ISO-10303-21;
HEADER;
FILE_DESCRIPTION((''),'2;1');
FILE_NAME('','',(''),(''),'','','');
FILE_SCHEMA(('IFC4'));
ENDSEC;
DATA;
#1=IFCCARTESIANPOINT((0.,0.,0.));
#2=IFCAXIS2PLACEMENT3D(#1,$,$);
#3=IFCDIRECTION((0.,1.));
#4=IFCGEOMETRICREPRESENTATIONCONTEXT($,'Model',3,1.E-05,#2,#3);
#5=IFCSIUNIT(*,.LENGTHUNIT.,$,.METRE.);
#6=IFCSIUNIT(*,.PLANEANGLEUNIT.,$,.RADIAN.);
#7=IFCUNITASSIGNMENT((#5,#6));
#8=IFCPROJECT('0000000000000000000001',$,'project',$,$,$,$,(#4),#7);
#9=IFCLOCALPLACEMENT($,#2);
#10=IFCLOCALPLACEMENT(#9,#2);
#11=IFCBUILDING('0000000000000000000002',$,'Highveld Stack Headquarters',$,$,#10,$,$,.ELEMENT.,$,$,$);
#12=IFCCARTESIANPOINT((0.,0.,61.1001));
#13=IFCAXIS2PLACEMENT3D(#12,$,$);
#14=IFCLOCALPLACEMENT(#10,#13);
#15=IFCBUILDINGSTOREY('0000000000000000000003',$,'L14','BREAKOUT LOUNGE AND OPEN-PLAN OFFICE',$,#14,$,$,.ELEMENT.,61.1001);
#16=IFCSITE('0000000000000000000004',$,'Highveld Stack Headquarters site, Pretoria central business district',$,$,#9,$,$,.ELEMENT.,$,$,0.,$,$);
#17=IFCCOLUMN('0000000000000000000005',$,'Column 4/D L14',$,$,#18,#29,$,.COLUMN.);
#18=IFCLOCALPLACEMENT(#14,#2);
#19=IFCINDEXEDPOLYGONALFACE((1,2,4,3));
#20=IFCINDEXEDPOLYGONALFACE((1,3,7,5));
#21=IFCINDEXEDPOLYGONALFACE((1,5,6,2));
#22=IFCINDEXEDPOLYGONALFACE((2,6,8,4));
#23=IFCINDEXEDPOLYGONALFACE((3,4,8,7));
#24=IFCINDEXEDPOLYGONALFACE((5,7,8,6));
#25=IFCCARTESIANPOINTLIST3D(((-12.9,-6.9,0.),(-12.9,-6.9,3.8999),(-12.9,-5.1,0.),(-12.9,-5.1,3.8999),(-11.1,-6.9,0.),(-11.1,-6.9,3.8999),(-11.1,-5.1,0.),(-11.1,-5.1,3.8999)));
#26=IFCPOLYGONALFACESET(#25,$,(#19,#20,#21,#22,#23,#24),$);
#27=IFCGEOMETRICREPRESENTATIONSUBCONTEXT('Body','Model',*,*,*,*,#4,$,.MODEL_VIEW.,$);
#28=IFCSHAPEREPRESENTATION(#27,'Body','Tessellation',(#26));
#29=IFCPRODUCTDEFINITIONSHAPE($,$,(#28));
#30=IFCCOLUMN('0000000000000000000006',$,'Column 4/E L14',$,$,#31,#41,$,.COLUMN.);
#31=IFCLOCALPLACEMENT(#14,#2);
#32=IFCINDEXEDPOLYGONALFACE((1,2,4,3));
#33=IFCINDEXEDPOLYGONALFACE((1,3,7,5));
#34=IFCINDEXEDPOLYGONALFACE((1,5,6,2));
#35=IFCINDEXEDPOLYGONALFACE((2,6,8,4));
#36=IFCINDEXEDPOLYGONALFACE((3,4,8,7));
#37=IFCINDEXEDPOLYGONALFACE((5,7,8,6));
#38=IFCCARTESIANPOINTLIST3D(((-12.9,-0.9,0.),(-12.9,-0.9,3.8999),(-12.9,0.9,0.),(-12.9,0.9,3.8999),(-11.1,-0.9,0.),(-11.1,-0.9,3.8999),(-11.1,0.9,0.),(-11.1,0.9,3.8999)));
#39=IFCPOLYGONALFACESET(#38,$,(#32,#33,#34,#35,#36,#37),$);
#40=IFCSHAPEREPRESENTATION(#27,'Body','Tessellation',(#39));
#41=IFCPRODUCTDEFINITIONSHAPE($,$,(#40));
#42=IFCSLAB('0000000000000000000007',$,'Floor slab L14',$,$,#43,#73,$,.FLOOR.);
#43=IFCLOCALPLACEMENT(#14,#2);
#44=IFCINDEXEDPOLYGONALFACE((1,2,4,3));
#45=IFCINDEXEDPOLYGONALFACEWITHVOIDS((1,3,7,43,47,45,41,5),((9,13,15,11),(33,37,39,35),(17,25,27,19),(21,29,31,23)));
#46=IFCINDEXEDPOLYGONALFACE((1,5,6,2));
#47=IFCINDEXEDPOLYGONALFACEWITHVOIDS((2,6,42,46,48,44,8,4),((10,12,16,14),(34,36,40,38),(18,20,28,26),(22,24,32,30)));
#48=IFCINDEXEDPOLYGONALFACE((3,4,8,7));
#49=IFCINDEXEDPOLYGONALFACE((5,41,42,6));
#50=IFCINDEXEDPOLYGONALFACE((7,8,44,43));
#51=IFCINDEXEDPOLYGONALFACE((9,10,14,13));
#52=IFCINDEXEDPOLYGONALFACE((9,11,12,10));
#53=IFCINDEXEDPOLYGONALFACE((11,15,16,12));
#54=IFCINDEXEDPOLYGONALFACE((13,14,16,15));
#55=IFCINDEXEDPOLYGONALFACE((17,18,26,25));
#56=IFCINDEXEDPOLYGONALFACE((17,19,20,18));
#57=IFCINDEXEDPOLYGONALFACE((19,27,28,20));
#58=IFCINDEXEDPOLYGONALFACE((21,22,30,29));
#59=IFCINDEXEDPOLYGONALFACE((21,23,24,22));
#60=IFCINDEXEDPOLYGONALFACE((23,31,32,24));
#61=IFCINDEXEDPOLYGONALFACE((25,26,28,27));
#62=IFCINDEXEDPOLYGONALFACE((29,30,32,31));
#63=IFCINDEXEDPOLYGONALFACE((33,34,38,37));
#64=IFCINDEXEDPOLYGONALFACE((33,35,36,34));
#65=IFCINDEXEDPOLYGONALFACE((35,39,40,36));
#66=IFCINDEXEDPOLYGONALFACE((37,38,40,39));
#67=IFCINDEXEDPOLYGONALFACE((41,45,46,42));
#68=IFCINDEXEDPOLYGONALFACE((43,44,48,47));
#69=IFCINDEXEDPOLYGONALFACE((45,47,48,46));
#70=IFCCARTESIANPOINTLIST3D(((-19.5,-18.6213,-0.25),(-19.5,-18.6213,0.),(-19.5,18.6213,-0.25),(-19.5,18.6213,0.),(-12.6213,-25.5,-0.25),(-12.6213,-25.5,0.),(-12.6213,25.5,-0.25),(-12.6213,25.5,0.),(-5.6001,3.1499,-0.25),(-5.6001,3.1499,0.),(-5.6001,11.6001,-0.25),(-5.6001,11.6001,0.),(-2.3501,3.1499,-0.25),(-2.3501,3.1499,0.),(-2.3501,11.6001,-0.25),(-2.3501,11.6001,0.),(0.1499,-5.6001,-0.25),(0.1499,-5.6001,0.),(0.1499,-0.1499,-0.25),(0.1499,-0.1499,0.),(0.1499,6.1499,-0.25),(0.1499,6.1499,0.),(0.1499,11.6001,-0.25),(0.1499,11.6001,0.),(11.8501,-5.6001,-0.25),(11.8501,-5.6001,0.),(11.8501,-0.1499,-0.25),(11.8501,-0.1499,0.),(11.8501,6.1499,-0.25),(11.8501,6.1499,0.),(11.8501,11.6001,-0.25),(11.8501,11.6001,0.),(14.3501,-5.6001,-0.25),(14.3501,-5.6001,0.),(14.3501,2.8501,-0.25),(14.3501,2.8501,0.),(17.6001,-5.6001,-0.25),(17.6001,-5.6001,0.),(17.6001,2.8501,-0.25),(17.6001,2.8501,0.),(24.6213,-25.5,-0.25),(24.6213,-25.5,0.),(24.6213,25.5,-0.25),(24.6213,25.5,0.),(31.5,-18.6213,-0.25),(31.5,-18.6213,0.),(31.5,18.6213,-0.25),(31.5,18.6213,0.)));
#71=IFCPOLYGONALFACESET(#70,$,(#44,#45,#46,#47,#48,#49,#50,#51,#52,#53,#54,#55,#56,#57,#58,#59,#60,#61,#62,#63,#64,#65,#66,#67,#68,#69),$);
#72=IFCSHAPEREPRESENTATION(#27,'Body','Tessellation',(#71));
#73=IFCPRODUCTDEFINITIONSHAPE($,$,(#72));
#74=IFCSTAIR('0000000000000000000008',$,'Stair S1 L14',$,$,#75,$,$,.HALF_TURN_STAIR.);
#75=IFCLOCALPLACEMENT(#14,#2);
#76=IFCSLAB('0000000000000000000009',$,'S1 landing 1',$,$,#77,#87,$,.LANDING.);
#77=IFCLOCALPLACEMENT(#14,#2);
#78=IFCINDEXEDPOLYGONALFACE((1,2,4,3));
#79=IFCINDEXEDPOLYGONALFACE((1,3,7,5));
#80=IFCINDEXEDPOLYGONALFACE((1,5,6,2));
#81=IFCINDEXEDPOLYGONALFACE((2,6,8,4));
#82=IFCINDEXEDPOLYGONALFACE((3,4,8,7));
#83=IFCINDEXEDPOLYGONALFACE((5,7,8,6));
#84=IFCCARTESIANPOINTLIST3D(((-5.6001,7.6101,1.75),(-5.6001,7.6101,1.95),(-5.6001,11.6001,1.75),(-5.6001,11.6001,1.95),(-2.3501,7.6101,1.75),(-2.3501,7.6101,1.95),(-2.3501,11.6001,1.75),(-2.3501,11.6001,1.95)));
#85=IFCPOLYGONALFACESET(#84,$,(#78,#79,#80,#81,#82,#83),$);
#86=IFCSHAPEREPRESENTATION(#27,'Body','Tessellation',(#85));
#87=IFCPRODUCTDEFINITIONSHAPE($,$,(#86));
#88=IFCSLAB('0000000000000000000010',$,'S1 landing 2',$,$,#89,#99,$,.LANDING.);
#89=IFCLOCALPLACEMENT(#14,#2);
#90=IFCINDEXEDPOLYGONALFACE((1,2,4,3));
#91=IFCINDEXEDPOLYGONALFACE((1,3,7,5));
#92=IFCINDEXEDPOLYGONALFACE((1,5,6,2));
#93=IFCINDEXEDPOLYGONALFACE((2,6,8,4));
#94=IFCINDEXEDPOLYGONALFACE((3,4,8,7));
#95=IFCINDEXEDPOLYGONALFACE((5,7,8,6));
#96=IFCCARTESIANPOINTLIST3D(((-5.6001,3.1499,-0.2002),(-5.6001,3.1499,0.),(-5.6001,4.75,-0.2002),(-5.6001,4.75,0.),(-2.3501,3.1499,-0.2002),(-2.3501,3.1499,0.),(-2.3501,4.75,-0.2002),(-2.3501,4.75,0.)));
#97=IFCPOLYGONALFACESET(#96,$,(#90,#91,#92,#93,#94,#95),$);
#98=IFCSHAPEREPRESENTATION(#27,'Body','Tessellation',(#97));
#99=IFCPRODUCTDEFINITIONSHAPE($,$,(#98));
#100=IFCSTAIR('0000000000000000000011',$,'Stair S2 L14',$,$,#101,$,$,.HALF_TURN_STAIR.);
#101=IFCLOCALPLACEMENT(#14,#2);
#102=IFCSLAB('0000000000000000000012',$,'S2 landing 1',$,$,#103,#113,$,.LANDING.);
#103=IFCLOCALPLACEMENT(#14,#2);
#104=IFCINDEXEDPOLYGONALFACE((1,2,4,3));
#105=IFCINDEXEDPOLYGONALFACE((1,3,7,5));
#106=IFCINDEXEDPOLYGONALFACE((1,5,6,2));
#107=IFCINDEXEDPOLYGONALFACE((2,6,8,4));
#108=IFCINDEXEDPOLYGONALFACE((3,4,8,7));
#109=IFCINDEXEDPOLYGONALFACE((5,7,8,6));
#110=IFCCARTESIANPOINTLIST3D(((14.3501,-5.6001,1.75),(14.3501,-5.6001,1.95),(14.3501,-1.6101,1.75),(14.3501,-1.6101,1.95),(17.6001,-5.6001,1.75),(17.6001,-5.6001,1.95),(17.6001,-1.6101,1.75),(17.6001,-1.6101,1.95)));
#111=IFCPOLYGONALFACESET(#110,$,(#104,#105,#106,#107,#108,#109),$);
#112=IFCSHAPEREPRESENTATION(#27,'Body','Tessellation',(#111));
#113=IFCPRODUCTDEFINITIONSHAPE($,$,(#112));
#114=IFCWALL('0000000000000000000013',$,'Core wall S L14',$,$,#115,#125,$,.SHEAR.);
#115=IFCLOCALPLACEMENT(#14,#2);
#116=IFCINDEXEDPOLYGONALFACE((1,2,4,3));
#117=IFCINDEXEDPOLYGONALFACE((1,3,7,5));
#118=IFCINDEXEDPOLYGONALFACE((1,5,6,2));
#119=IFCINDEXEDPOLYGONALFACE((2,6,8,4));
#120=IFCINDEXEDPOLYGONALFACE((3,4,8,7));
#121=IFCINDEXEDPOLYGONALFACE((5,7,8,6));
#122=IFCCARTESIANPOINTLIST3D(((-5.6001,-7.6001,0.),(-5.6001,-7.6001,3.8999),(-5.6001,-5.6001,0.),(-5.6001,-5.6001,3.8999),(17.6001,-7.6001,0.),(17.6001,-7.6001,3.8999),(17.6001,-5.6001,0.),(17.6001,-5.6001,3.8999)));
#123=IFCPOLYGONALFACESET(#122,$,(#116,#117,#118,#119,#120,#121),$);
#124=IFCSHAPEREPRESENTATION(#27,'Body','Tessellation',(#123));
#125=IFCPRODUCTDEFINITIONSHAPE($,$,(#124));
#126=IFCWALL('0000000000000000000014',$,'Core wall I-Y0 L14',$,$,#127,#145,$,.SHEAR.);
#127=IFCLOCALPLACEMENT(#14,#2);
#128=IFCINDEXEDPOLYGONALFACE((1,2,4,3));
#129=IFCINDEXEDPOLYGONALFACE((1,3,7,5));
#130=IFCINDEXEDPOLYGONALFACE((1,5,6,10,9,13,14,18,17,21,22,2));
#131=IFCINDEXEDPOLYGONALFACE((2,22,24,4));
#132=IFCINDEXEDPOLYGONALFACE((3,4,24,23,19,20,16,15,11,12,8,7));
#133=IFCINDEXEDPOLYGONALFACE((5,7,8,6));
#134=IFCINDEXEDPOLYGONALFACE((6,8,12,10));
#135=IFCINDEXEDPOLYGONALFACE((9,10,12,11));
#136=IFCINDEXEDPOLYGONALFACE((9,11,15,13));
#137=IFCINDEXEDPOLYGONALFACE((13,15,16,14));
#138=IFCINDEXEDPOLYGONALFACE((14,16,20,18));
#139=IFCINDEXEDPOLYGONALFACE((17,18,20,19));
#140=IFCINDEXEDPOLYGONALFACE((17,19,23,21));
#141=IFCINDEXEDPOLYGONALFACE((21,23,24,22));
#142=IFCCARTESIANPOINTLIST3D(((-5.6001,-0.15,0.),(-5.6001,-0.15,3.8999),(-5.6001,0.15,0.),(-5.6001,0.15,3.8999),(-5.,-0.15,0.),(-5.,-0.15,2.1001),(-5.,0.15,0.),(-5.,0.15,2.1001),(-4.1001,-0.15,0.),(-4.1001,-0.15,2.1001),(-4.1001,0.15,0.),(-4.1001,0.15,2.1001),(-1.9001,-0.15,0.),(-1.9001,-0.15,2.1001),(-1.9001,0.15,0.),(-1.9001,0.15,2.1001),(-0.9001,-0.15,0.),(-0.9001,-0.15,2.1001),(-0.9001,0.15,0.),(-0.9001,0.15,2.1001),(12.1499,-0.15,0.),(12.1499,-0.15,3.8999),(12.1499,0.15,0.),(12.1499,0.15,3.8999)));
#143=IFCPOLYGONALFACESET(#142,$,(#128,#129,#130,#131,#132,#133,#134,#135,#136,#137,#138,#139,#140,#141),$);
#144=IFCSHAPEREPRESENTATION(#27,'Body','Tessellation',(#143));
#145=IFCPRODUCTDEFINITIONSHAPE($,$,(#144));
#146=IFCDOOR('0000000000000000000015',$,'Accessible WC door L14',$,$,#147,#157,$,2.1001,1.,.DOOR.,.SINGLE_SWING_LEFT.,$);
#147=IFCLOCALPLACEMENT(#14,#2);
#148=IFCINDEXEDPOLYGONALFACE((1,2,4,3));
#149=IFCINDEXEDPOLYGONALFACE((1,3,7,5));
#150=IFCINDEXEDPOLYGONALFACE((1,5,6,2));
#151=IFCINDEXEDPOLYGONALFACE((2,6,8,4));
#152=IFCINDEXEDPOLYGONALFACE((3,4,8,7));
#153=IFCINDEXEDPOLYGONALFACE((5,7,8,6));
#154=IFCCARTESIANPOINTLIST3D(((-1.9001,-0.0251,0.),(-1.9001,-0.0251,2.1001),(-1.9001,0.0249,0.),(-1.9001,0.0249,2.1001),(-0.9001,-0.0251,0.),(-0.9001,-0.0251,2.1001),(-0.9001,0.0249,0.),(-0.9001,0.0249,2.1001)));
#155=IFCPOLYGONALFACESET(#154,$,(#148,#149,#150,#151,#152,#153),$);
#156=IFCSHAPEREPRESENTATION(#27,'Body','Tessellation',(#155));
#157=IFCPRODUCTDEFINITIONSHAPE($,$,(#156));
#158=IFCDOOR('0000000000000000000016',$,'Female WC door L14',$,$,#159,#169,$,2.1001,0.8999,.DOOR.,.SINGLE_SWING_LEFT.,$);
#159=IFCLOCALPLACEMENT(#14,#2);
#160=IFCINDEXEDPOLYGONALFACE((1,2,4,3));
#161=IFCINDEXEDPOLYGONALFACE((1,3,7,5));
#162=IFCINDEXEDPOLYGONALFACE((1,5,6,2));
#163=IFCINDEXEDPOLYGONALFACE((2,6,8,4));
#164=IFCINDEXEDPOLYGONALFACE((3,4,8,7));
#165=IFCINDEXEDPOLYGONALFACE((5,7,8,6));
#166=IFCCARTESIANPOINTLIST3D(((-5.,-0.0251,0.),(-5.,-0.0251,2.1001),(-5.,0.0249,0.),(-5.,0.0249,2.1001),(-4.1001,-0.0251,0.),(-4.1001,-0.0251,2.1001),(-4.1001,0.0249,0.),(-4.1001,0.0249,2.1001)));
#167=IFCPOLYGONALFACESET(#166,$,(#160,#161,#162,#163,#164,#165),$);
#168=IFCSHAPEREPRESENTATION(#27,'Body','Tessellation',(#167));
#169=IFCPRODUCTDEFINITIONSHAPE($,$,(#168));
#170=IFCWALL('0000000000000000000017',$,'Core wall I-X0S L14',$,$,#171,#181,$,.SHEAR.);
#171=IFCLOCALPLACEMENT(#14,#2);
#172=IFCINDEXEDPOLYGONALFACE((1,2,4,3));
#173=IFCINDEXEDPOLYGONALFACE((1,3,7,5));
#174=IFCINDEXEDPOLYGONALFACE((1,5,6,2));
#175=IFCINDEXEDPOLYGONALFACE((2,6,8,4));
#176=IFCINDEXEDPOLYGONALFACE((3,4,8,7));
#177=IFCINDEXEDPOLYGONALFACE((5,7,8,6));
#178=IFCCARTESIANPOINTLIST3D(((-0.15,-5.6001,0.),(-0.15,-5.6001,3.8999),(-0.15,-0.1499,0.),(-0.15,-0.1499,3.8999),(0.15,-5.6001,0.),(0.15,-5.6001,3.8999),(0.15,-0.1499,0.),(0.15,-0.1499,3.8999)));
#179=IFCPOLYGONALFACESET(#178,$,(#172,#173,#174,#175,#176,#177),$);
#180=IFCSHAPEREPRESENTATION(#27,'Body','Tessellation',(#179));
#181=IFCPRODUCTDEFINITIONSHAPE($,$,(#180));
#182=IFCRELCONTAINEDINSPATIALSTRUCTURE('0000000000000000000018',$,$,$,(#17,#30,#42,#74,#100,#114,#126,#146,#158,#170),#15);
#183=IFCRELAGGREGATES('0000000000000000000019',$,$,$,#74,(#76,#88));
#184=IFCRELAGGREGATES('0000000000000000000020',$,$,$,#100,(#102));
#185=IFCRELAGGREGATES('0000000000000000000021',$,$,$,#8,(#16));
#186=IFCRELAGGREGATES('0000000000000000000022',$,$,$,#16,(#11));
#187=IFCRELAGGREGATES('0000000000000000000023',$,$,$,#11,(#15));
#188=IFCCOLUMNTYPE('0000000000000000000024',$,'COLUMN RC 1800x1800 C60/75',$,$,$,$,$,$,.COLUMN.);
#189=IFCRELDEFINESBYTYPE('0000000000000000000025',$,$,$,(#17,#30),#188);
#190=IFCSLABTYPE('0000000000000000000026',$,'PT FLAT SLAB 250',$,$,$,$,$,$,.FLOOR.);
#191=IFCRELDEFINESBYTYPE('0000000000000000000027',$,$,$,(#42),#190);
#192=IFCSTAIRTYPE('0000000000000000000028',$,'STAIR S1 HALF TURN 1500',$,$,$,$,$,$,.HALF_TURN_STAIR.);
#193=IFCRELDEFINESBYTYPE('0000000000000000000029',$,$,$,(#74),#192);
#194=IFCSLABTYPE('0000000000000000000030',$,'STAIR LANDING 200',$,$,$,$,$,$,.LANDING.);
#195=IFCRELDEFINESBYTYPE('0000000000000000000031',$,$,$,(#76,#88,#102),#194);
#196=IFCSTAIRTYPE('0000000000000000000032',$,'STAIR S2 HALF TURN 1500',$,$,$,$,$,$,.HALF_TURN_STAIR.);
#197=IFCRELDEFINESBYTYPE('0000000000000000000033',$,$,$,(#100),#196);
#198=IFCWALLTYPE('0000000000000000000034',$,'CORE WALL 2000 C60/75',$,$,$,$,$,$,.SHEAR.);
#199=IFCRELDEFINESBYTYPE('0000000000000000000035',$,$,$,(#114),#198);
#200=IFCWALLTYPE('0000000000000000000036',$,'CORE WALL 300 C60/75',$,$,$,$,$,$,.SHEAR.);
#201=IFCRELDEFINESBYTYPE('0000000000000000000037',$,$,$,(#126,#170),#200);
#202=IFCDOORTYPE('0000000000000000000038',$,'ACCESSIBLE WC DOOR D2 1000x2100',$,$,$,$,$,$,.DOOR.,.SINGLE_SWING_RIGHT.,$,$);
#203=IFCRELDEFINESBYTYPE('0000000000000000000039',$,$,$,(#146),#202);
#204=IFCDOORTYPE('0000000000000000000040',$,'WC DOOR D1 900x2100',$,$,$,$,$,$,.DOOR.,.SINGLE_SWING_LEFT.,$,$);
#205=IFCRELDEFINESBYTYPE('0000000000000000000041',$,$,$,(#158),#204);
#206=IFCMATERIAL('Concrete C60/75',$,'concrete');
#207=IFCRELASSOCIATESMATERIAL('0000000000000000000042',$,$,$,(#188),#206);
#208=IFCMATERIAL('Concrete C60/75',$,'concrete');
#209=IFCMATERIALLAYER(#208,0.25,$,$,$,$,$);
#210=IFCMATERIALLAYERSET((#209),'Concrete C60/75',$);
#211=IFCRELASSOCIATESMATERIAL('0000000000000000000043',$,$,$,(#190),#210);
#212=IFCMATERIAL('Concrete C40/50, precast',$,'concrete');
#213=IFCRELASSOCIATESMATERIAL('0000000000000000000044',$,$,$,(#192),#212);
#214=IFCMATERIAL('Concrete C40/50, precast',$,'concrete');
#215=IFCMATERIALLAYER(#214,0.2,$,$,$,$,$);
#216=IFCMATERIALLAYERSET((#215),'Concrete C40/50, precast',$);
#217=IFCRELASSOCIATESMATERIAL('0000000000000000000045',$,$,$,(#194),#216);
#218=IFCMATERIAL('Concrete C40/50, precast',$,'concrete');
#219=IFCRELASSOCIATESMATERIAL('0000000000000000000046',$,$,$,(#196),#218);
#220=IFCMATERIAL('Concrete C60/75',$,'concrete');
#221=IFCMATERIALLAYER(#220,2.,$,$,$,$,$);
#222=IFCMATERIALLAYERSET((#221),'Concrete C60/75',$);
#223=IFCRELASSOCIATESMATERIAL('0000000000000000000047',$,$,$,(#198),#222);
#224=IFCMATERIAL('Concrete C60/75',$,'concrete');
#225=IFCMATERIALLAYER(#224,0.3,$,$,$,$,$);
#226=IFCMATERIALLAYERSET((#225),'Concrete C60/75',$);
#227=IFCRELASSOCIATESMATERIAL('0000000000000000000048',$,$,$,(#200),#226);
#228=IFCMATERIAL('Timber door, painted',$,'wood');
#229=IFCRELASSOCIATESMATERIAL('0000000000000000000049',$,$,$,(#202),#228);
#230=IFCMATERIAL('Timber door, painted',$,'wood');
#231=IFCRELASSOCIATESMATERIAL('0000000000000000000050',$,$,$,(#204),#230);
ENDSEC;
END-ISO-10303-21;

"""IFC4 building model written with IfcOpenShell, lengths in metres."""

from ifc_helpers import new_model, si_unit, direction, frame, frame_2d, origin, origin_2d, place, context, subcontext, project, spatial, polyline, rectangle, outline, extrude, material, layer, layer_set, material_profile, profile_set, type_object, element, fill, aggregate, save


model = new_model("IFC4")

# Units and contexts
model_context = context("Model", 3, precision=1e-05, world=origin(), true_north=direction((0.0, 1.0)))
body_context = subcontext(model_context, "Body", "Model", "MODEL_VIEW")
ifc_project = project(units=[si_unit("LENGTHUNIT", "METRE"), si_unit("PLANEANGLEUNIT", "RADIAN")], contexts=[model_context])

# Site, building, storey
site_placement = place(None, origin())
site = spatial("IfcSite", under=ifc_project, at=site_placement, Name="Highveld Stack Headquarters site, Pretoria central business district", CompositionType="ELEMENT", RefElevation=0.0)
building_placement = place(site_placement, origin())
building = spatial("IfcBuilding", under=site, at=building_placement, Name="Highveld Stack Headquarters", CompositionType="ELEMENT")
storey_placement = place(building_placement, frame((0.0, 0.0, 61.1001)))
storey = spatial("IfcBuildingStorey", under=building, at=storey_placement, Name="L14", Description="BREAKOUT LOUNGE AND OPEN-PLAN OFFICE", CompositionType="ELEMENT", Elevation=61.1001)

# Columns
ifc_material_1 = material(Name="Concrete C60/75", Category="concrete")
ifc_material_profile = material_profile(ifc_material_1, rectangle(XDim=1.8, YDim=1.8, at=origin_2d()), Name="RC 1800x1800")
ifc_profile_set = profile_set([ifc_material_profile], Name="Concrete C60/75")
column_type = type_object("IfcColumnType", Name="COLUMN RC 1800x1800 C60/75", PredefinedType="COLUMN", material=ifc_profile_set)
for number, where, z_axis, x_axis, name in (
    (1, (-12.0, -6.0, 0.0), (0.0, 0.0, 1.0), (1.0, 0.0, 0.0), "Column 4/D L14"),
    (2, (-12.0, 0.0, 0.0), (0.0, 0.0, 1.0), (1.0, 0.0, 0.0), "Column 4/E L14"),
):
    element("IfcColumn", number, at=place(storey_placement, frame(where, z_axis=z_axis, x_axis=x_axis)), inside=storey, type_object=column_type, Name=name, PredefinedType="COLUMN", context=body_context, shape_type="SweptSolid", body=[
        extrude(rectangle(XDim=1.8, YDim=1.8, at=origin_2d()), origin(), (0.0, 0.0, 1.0), 3.8999),
    ])

# Slab
ifc_material_2 = material(Name="Concrete C60/75", Category="concrete")
ifc_layer_1 = layer(ifc_material_2, 0.25)
ifc_layer_set_1 = layer_set([ifc_layer_1], Name="Concrete C60/75")
slab_type_1 = type_object("IfcSlabType", Name="PT FLAT SLAB 250", PredefinedType="FLOOR", material=ifc_layer_set_1)
slab_1_placement = place(storey_placement, frame((0.0, 0.0, -0.25)))
element("IfcSlab", 3, at=slab_1_placement, inside=storey, type_object=slab_type_1, Name="Floor slab L14", PredefinedType="FLOOR", context=body_context, shape_type="SweptSolid", body=[
    extrude(outline(polyline([(-12.6213, -25.5), (24.6213, -25.5), (31.5, -18.6213), (31.5, 18.6213), (24.6213, 25.5), (-12.6213, 25.5), (-19.5, 18.6213), (-19.5, -18.6213), (-12.6213, -25.5)]), holes=[polyline([(0.1499, 6.1499), (11.8501, 6.1499), (11.8501, 11.6001), (0.1499, 11.6001), (0.1499, 6.1499)]), polyline([(0.1499, -5.6001), (11.8501, -5.6001), (11.8501, -0.1499), (0.1499, -0.1499), (0.1499, -5.6001)]), polyline([(-5.6001, 3.1499), (-2.3501, 3.1499), (-2.3501, 11.6001), (-5.6001, 11.6001), (-5.6001, 3.1499)]), polyline([(14.3501, -5.6001), (17.6001, -5.6001), (17.6001, 2.8501), (14.3501, 2.8501), (14.3501, -5.6001)])]), origin(), (0.0, 0.0, 1.0), 0.25),
])

# Stair, slabs
ifc_material_3 = material(Name="Concrete C40/50, precast", Category="concrete")
stair_type_1 = type_object("IfcStairType", Name="STAIR S1 HALF TURN 1500", PredefinedType="HALF_TURN_STAIR", material=ifc_material_3)
stair_1_placement = place(storey_placement, origin())
stair_1 = element("IfcStair", 4, at=stair_1_placement, inside=storey, type_object=stair_type_1, Name="Stair S1 L14", PredefinedType="HALF_TURN_STAIR")
ifc_material_4 = material(Name="Concrete C40/50, precast", Category="concrete")
ifc_layer_2 = layer(ifc_material_4, 0.2)
ifc_layer_set_2 = layer_set([ifc_layer_2], Name="Concrete C40/50, precast")
slab_type_2 = type_object("IfcSlabType", Name="STAIR LANDING 200", PredefinedType="LANDING", material=ifc_layer_set_2)
slab_2_placement = place(storey_placement, frame((0.0, 0.0, 1.75)))
slab_2 = element("IfcSlab", 5, at=slab_2_placement, type_object=slab_type_2, Name="S1 landing 1", PredefinedType="LANDING", context=body_context, shape_type="SweptSolid", body=[
    extrude(outline(polyline([(-5.6001, 7.6101), (-2.3501, 7.6101), (-2.3501, 11.6001), (-5.6001, 11.6001), (-5.6001, 7.6101)])), origin(), (0.0, 0.0, 1.0), 0.2),
])
slab_3_placement = place(storey_placement, frame((0.0, 0.0, -0.2002)))
slab_3 = element("IfcSlab", 6, at=slab_3_placement, type_object=slab_type_2, Name="S1 landing 2", PredefinedType="LANDING", context=body_context, shape_type="SweptSolid", body=[
    extrude(outline(polyline([(-5.6001, 3.1499), (-2.3501, 3.1499), (-2.3501, 4.75), (-5.6001, 4.75), (-5.6001, 3.1499)])), origin(), (0.0, 0.0, 1.0), 0.2002),
])
aggregate(stair_1, [slab_2, slab_3])

# Stair, slab
ifc_material_5 = material(Name="Concrete C40/50, precast", Category="concrete")
stair_type_2 = type_object("IfcStairType", Name="STAIR S2 HALF TURN 1500", PredefinedType="HALF_TURN_STAIR", material=ifc_material_5)
stair_2_placement = place(storey_placement, origin())
stair_2 = element("IfcStair", 7, at=stair_2_placement, inside=storey, type_object=stair_type_2, Name="Stair S2 L14", PredefinedType="HALF_TURN_STAIR")
slab_4_placement = place(storey_placement, frame((0.0, 0.0, 1.75)))
slab_4 = element("IfcSlab", 8, at=slab_4_placement, type_object=slab_type_2, Name="S2 landing 1", PredefinedType="LANDING", context=body_context, shape_type="SweptSolid", body=[
    extrude(outline(polyline([(14.3501, -5.6001), (17.6001, -5.6001), (17.6001, -1.6101), (14.3501, -1.6101), (14.3501, -5.6001)])), origin(), (0.0, 0.0, 1.0), 0.2),
])
aggregate(stair_2, [slab_4])

# Wall
ifc_material_6 = material(Name="Concrete C60/75", Category="concrete")
ifc_layer_3 = layer(ifc_material_6, 2.0)
ifc_layer_set_3 = layer_set([ifc_layer_3], Name="Concrete C60/75")
wall_type_1 = type_object("IfcWallType", Name="CORE WALL 2000 C60/75", PredefinedType="SHEAR", material=ifc_layer_set_3)
wall_1_placement = place(storey_placement, frame((-5.6001, -6.6001, 0.0), z_axis=(0.0, 0.0, 1.0), x_axis=(1.0, 0.0, 0.0)))
element("IfcWall", 9, at=wall_1_placement, inside=storey, type_object=wall_type_1, Name="Core wall S L14", PredefinedType="SHEAR", context=body_context, shape_type="SweptSolid", body=[
    extrude(rectangle(XDim=23.2002, YDim=2.0, at=frame_2d((11.6001, 0.0))), origin(), (0.0, 0.0, 1.0), 3.8999),
])

# Wall, openings, doors
ifc_material_7 = material(Name="Concrete C60/75", Category="concrete")
ifc_layer_4 = layer(ifc_material_7, 0.3)
ifc_layer_set_4 = layer_set([ifc_layer_4], Name="Concrete C60/75")
wall_type_2 = type_object("IfcWallType", Name="CORE WALL 300 C60/75", PredefinedType="SHEAR", material=ifc_layer_set_4)
wall_2_placement = place(storey_placement, frame((-5.6001, 0.0, 0.0), z_axis=(0.0, 0.0, 1.0), x_axis=(1.0, 0.0, 0.0)))
wall_2 = element("IfcWall", 10, at=wall_2_placement, inside=storey, type_object=wall_type_2, Name="Core wall I-Y0 L14", PredefinedType="SHEAR", context=body_context, shape_type="SweptSolid", body=[
    extrude(rectangle(XDim=17.75, YDim=0.3, at=frame_2d((8.875, 0.0))), origin(), (0.0, 0.0, 1.0), 3.8999),
])
opening_1_placement = place(wall_2_placement, frame((0.6001, 0.0, 0.0)))
opening_1 = element("IfcOpeningElement", 11, at=opening_1_placement, cuts=wall_2, PredefinedType="OPENING", context=body_context, shape_type="SweptSolid", body=[
    extrude(rectangle(XDim=0.8999, YDim=2.1001, at=frame_2d((0.45, 1.05))), frame((0.0, 0.1599, 0.0), z_axis=(0.0, -1.0, 0.0), x_axis=(1.0, 0.0, 0.0)), (0.0, 0.0, 1.0), 0.3201),
])
opening_2_placement = place(wall_2_placement, frame((3.7, 0.0, 0.0)))
opening_2 = element("IfcOpeningElement", 12, at=opening_2_placement, cuts=wall_2, PredefinedType="OPENING", context=body_context, shape_type="SweptSolid", body=[
    extrude(rectangle(XDim=1.0, YDim=2.1001, at=frame_2d((0.5, 1.05))), frame((0.0, 0.1599, 0.0), z_axis=(0.0, -1.0, 0.0), x_axis=(1.0, 0.0, 0.0)), (0.0, 0.0, 1.0), 0.3201),
])
ifc_material_8 = material(Name="Timber door, painted", Category="wood")
door_type_1 = type_object("IfcDoorType", Name="ACCESSIBLE WC DOOR D2 1000x2100", OperationType="SINGLE_SWING_RIGHT", PredefinedType="DOOR", material=ifc_material_8)
door_1_placement = place(opening_2_placement, origin())
door_1 = element("IfcDoor", 13, at=door_1_placement, inside=storey, type_object=door_type_1, Name="Accessible WC door L14", OperationType="SINGLE_SWING_LEFT", OverallHeight=2.1001, OverallWidth=1.0, PredefinedType="DOOR", context=body_context, shape_type="SweptSolid", body=[
    extrude(rectangle(XDim=1.0, YDim=2.1001, at=frame_2d((0.5, 1.05))), frame((0.0, 0.0249, 0.0), z_axis=(0.0, -1.0, 0.0), x_axis=(1.0, 0.0, 0.0)), (0.0, 0.0, 1.0), 0.05),
])
fill(opening_2, door_1)
ifc_material_9 = material(Name="Timber door, painted", Category="wood")
door_type_2 = type_object("IfcDoorType", Name="WC DOOR D1 900x2100", OperationType="SINGLE_SWING_LEFT", PredefinedType="DOOR", material=ifc_material_9)
door_2_placement = place(opening_1_placement, origin())
door_2 = element("IfcDoor", 14, at=door_2_placement, inside=storey, type_object=door_type_2, Name="Female WC door L14", OperationType="SINGLE_SWING_LEFT", OverallHeight=2.1001, OverallWidth=0.8999, PredefinedType="DOOR", context=body_context, shape_type="SweptSolid", body=[
    extrude(rectangle(XDim=0.8999, YDim=2.1001, at=frame_2d((0.45, 1.05))), frame((0.0, 0.0249, 0.0), z_axis=(0.0, -1.0, 0.0), x_axis=(1.0, 0.0, 0.0)), (0.0, 0.0, 1.0), 0.05),
])
fill(opening_1, door_2)

# Wall
wall_3_placement = place(storey_placement, frame((0.0, -5.6001, 0.0), z_axis=(0.0, 0.0, 1.0), x_axis=(0.0, 1.0, 0.0)))
element("IfcWall", 15, at=wall_3_placement, inside=storey, type_object=wall_type_2, Name="Core wall I-X0S L14", PredefinedType="SHEAR", context=body_context, shape_type="SweptSolid", body=[
    extrude(rectangle(XDim=5.4502, YDim=0.3, at=frame_2d((2.7251, 0.0))), origin(), (0.0, 0.0, 1.0), 3.8999),
])

save(model, "model.ifc")
